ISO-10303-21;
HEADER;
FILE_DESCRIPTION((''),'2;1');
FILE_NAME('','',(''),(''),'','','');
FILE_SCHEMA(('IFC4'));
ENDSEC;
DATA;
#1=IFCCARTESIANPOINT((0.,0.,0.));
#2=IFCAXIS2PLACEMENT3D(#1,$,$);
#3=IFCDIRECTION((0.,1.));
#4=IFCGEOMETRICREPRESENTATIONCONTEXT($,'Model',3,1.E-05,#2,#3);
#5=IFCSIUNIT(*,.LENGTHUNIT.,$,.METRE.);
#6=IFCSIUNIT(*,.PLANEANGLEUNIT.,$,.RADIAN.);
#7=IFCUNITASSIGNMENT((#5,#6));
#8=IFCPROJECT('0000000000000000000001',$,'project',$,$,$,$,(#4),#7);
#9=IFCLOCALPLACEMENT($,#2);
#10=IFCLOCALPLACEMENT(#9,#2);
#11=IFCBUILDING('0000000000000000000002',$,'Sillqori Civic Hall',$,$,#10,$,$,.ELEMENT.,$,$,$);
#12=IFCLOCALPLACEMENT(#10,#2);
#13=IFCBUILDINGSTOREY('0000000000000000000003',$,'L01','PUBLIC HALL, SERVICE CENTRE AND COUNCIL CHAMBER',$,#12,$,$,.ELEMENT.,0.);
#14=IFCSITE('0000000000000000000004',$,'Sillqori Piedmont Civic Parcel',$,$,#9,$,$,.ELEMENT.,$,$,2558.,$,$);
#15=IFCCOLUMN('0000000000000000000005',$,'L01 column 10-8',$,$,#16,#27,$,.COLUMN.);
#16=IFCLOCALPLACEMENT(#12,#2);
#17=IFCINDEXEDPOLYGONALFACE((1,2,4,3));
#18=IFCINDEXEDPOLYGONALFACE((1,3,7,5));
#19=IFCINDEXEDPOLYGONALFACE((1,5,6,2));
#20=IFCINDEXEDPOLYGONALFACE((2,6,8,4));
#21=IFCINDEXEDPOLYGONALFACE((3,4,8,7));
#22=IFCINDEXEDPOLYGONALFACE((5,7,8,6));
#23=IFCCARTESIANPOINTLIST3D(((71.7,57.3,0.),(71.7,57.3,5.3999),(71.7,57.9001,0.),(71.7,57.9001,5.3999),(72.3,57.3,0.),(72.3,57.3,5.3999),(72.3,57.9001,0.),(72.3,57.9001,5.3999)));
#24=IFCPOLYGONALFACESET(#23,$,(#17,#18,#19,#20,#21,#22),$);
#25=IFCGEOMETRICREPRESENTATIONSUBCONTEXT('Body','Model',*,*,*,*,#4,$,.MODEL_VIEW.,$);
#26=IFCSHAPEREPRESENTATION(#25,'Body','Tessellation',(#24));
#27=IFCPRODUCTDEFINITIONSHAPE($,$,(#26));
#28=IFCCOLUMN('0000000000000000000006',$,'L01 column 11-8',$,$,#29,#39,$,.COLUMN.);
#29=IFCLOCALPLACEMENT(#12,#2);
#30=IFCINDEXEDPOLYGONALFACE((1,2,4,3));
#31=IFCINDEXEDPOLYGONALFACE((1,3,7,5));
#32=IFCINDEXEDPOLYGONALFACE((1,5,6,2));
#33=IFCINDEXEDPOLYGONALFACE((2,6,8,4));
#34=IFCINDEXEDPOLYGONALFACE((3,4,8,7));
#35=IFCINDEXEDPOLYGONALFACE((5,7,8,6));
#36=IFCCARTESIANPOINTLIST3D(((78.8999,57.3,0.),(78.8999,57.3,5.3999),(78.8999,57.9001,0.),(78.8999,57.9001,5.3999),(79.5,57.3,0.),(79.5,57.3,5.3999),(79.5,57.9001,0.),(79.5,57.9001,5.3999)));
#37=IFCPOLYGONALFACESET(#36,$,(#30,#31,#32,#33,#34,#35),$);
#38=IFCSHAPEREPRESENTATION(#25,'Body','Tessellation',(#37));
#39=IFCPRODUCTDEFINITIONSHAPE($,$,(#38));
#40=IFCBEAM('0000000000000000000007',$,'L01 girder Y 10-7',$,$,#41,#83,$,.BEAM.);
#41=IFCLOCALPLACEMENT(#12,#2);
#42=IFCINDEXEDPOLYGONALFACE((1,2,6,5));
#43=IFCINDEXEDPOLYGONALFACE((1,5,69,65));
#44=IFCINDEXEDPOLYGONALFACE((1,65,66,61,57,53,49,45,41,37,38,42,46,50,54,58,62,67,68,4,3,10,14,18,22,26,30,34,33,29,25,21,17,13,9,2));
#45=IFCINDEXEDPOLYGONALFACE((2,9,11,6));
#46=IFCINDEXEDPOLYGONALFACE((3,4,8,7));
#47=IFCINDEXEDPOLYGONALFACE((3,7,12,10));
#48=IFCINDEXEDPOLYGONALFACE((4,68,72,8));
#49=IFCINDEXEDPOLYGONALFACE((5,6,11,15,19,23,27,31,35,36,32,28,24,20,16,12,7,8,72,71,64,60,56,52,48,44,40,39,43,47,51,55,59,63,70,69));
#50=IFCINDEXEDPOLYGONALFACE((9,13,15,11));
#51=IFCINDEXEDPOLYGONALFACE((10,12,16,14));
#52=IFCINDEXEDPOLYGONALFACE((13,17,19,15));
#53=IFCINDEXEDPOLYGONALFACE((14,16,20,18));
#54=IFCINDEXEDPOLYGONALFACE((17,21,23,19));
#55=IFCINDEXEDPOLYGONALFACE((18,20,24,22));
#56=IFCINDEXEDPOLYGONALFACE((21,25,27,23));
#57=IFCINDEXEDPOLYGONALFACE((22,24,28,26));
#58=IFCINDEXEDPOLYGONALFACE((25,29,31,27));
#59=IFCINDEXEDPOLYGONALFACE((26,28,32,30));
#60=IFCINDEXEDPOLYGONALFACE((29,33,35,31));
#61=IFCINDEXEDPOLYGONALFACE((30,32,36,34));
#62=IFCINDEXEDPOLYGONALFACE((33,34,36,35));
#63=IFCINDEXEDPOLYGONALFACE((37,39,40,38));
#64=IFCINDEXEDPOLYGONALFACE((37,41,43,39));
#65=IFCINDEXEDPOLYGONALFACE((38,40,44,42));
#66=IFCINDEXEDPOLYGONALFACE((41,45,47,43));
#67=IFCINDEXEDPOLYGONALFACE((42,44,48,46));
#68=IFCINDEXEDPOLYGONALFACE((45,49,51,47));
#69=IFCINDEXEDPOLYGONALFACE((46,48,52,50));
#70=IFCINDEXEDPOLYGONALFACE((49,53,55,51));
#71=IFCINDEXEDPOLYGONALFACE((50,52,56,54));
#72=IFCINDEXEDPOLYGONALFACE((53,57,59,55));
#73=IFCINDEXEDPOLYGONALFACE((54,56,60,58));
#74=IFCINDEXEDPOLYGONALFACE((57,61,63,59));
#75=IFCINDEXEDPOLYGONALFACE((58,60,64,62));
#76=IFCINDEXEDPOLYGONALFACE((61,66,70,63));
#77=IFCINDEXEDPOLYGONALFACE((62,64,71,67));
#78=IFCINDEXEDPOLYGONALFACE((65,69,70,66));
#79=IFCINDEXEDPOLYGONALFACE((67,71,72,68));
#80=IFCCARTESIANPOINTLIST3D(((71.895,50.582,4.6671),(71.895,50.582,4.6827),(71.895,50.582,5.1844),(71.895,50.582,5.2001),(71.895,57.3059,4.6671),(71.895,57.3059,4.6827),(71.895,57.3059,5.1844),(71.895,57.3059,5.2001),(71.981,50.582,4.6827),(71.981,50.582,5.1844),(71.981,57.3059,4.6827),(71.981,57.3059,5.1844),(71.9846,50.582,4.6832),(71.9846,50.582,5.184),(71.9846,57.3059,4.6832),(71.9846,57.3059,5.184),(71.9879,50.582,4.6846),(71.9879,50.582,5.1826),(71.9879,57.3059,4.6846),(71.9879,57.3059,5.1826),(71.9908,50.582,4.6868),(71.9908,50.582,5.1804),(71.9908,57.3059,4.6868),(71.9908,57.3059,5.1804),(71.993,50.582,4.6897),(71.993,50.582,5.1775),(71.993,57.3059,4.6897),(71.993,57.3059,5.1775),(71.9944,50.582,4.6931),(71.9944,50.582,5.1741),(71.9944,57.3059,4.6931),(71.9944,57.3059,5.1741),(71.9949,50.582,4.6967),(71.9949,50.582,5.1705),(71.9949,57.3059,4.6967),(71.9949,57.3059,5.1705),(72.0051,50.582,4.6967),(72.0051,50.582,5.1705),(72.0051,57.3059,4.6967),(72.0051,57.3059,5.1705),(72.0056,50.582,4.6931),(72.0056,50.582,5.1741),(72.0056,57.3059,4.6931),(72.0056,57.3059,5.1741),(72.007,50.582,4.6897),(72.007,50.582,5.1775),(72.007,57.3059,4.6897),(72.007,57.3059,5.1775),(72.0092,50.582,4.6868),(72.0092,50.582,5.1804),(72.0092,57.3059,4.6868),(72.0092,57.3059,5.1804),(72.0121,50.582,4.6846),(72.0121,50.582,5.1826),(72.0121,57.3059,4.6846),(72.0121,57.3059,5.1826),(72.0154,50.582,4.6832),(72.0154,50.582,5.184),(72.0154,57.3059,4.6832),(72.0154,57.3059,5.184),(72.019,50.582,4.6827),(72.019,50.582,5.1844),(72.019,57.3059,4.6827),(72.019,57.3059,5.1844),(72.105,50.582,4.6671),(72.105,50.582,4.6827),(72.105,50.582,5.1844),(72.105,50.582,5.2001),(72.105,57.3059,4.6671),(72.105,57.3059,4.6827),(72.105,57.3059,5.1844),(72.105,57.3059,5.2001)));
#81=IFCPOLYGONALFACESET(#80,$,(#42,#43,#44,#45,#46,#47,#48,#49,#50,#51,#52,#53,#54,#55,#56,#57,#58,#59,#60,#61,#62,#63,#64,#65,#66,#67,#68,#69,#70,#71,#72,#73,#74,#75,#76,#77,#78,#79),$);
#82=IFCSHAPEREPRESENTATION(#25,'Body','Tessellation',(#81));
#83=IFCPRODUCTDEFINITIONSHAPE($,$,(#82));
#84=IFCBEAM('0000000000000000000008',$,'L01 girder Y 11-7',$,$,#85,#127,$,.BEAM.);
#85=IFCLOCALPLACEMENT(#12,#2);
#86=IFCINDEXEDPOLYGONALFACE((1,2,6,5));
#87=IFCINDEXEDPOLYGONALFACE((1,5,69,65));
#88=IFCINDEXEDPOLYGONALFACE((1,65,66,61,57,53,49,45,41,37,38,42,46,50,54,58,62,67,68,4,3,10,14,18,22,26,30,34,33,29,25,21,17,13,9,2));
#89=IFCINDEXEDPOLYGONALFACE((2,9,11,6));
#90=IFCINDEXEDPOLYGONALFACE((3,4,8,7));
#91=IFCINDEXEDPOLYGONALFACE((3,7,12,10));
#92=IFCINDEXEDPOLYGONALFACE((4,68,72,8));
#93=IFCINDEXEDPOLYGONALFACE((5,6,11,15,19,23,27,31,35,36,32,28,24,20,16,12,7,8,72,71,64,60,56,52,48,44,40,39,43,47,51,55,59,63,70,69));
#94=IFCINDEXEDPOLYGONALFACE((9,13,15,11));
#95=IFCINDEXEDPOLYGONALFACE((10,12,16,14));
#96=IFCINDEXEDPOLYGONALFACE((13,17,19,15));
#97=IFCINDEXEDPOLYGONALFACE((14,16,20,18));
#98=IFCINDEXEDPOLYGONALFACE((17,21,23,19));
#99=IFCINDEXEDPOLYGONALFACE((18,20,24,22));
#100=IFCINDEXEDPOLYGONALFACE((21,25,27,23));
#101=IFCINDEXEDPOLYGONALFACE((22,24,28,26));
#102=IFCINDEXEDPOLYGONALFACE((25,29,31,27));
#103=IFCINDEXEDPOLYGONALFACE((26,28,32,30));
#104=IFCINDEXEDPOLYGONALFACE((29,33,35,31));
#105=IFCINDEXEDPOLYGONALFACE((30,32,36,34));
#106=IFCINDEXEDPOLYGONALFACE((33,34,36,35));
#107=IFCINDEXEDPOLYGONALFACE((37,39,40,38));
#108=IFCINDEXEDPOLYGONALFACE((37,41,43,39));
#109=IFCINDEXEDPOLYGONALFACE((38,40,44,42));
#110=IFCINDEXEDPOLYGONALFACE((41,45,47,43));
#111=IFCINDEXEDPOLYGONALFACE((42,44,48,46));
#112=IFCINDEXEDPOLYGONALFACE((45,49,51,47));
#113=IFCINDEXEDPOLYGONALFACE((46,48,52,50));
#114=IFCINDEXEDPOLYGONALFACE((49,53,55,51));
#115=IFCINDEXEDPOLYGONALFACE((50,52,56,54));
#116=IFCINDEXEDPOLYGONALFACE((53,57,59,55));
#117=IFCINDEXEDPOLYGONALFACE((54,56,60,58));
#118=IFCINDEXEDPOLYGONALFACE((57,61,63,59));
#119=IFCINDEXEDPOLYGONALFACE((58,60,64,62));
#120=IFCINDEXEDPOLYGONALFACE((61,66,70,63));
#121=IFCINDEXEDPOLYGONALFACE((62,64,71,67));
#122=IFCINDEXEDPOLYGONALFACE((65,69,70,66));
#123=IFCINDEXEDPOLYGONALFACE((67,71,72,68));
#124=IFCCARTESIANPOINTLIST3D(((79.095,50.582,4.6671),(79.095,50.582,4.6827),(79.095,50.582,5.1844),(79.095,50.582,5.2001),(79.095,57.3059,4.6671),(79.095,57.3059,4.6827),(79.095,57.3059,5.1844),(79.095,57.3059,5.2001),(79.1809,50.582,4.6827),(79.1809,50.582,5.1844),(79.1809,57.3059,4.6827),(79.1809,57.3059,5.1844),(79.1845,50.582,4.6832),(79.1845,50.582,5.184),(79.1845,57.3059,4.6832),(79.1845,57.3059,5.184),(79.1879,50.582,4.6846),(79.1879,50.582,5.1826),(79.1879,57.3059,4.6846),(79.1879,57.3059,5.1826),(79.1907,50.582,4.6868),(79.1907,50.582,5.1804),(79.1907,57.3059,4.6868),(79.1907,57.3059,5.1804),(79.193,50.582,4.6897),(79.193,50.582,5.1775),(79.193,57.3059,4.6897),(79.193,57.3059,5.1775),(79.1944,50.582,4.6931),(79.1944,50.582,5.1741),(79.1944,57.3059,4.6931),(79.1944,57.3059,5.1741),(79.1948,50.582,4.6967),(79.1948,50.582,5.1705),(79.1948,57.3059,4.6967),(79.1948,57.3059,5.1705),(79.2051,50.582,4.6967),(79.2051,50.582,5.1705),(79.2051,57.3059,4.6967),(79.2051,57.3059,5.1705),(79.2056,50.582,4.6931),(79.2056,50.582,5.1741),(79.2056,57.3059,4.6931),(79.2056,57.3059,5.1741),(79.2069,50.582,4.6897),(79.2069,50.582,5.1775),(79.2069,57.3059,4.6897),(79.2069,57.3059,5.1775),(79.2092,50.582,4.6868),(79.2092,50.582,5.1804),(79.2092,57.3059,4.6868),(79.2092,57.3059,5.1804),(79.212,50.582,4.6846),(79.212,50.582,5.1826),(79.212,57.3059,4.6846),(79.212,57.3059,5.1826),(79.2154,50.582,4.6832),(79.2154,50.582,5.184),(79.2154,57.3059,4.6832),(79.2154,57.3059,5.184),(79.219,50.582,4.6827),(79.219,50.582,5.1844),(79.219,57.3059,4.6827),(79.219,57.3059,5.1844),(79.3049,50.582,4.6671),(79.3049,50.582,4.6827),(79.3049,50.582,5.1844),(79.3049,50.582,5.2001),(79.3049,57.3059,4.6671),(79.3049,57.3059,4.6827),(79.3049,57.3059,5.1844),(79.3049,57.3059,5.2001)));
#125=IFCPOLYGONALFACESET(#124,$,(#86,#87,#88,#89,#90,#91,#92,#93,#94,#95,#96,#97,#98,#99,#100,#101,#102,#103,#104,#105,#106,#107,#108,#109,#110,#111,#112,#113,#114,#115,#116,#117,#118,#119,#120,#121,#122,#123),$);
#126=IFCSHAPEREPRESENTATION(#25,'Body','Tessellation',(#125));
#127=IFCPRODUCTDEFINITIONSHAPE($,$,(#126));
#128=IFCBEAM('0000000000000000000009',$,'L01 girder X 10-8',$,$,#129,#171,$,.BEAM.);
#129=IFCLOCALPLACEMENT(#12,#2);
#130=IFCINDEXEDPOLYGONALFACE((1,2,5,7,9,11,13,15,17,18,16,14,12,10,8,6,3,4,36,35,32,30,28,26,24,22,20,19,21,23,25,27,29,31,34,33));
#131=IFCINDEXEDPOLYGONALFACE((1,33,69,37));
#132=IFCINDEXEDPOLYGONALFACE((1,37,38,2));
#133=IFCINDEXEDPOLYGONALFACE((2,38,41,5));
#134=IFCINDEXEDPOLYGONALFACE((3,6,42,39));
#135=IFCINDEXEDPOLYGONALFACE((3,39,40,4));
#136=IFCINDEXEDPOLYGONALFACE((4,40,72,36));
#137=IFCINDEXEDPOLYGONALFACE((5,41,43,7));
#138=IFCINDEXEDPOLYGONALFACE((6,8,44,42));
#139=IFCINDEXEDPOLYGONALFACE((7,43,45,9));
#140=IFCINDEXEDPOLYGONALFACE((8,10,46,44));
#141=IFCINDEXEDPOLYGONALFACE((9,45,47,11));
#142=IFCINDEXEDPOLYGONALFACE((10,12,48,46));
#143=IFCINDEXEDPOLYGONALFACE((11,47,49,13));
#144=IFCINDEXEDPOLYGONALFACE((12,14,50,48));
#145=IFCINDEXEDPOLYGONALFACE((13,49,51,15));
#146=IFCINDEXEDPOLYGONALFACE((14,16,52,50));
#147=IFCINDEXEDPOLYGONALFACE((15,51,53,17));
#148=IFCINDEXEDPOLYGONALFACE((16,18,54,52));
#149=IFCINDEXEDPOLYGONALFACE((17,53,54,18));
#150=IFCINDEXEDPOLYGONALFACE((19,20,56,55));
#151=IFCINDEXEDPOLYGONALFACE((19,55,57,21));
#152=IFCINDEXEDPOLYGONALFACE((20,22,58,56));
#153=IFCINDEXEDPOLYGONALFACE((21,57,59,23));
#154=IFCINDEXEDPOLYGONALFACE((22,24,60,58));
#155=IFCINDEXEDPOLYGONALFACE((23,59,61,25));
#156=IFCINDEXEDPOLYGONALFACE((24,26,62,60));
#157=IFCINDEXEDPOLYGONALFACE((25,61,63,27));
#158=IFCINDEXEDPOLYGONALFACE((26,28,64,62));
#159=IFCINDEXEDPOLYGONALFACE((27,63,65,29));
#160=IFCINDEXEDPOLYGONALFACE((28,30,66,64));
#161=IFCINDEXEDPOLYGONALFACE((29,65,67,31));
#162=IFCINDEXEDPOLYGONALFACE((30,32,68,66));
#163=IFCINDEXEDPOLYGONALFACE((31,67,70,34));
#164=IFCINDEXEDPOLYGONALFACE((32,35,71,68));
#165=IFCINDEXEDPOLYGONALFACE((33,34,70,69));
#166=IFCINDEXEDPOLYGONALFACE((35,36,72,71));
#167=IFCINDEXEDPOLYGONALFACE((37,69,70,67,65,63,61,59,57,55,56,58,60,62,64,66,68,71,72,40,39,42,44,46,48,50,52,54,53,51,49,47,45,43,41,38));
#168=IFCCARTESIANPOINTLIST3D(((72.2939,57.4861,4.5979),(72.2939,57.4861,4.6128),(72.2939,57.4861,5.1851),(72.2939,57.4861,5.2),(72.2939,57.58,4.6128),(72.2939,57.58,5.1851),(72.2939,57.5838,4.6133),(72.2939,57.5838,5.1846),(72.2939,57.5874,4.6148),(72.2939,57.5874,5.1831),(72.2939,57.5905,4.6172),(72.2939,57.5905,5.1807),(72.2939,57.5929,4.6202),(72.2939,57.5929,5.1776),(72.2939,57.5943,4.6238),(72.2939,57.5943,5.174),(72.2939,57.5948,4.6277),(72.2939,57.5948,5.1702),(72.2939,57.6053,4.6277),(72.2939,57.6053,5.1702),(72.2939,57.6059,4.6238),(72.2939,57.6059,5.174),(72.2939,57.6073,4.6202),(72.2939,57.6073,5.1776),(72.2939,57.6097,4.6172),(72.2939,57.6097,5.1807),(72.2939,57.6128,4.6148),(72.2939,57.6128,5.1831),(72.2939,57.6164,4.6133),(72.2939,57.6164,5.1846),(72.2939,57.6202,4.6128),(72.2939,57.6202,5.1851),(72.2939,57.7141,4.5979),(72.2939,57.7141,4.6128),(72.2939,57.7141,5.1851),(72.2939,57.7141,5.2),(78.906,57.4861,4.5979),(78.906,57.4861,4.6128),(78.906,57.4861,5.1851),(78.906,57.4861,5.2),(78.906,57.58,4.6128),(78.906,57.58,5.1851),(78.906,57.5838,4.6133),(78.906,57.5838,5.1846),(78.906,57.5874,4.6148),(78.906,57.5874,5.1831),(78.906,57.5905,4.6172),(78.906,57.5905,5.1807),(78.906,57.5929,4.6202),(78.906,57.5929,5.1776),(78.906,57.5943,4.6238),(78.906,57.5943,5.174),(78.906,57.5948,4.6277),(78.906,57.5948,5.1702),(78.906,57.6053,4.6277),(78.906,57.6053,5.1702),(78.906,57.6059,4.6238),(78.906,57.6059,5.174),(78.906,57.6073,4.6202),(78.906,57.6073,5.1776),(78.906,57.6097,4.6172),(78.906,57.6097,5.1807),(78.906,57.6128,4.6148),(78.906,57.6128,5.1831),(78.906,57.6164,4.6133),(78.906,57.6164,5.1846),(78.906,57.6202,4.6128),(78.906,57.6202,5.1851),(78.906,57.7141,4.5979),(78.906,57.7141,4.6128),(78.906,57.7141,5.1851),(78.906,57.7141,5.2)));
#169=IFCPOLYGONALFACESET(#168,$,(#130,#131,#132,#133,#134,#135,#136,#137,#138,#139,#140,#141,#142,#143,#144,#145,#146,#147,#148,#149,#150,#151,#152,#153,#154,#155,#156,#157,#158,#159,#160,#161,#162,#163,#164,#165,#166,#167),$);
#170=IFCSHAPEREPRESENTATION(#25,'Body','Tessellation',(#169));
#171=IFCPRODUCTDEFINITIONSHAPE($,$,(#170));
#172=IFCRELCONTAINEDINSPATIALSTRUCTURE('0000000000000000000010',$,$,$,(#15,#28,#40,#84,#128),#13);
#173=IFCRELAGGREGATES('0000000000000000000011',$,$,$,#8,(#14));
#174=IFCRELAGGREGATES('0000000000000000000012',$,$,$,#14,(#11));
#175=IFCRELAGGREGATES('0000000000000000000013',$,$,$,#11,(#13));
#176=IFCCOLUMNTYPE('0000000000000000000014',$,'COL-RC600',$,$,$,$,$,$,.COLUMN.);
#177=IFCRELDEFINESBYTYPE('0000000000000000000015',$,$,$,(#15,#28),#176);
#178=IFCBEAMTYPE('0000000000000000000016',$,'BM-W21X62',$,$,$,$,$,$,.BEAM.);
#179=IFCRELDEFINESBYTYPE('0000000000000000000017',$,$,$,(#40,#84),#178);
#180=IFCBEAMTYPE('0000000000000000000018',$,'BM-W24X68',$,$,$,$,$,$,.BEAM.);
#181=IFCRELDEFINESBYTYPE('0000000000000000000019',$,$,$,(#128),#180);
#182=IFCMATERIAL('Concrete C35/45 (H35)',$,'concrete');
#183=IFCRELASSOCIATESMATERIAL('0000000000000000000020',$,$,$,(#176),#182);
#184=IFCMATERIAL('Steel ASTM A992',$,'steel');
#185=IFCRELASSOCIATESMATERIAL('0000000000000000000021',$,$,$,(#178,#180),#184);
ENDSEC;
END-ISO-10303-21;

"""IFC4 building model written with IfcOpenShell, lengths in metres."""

from ifc_helpers import new_model, si_unit, direction, frame, origin, origin_2d, place, context, subcontext, project, spatial, rectangle, i_section, extrude, material, material_profile, profile_set, type_object, element, save


model = new_model("IFC4")

# Units and contexts
model_context = context("Model", 3, precision=1e-05, world=origin(), true_north=direction((0.0, 1.0)))
body_context = subcontext(model_context, "Body", "Model", "MODEL_VIEW")
ifc_project = project(units=[si_unit("LENGTHUNIT", "METRE"), si_unit("PLANEANGLEUNIT", "RADIAN")], contexts=[model_context])

# Site, building, storey
site_placement = place(None, origin())
site = spatial("IfcSite", under=ifc_project, at=site_placement, Name="Sillqori Piedmont Civic Parcel", CompositionType="ELEMENT", RefElevation=2558.0)
building_placement = place(site_placement, origin())
building = spatial("IfcBuilding", under=site, at=building_placement, Name="Sillqori Civic Hall", CompositionType="ELEMENT")
storey_placement = place(building_placement, origin())
storey = spatial("IfcBuildingStorey", under=building, at=storey_placement, Name="L01", Description="PUBLIC HALL, SERVICE CENTRE AND COUNCIL CHAMBER", CompositionType="ELEMENT", Elevation=0.0)

# Columns
ifc_material_1 = material(Name="Concrete C35/45 (H35)", Category="concrete")
ifc_material_profile_1 = material_profile(ifc_material_1, rectangle(XDim=0.6001, YDim=0.6001, at=origin_2d()), Name="RC 600x600")
ifc_profile_set_1 = profile_set([ifc_material_profile_1], Name="Concrete C35/45 (H35)")
column_type = type_object("IfcColumnType", Name="COL-RC600", PredefinedType="COLUMN", material=ifc_profile_set_1)
for number, where, z_axis, x_axis, name in (
    (1, (72.0, 57.6001, 0.0), (0.0, 0.0, 1.0), (1.0, 0.0, 0.0), "L01 column 10-8"),
    (2, (79.2, 57.6001, 0.0), (0.0, 0.0, 1.0), (1.0, 0.0, 0.0), "L01 column 11-8"),
):
    element("IfcColumn", number, at=place(storey_placement, frame(where, z_axis=z_axis, x_axis=x_axis)), inside=storey, type_object=column_type, Name=name, PredefinedType="COLUMN", context=body_context, shape_type="SweptSolid", body=[
        extrude(rectangle(XDim=0.6001, YDim=0.6001, at=origin_2d()), origin(), (0.0, 0.0, 1.0), 5.3999),
    ])

# Beams
ifc_material_2 = material(Name="Steel ASTM A992", Category="steel")
ifc_material_profile_2 = material_profile(ifc_material_2, i_section(OverallWidth=0.21, OverallDepth=0.533, WebThickness=0.0103, FlangeThickness=0.0156, FilletRadius=0.0139, at=origin_2d()), Name="W21X62")
ifc_profile_set_2 = profile_set([ifc_material_profile_2], Name="Steel ASTM A992")
beam_type_1 = type_object("IfcBeamType", Name="BM-W21X62", PredefinedType="BEAM", material=ifc_profile_set_2)
for number, where, z_axis, x_axis, name in (
    (3, (72.0, 50.582, 4.9336), (0.0, 1.0, 0.0), (-1.0, 0.0, 0.0), "L01 girder Y 10-7"),
    (4, (79.2, 50.582, 4.9336), (0.0, 1.0, 0.0), (-1.0, 0.0, 0.0), "L01 girder Y 11-7"),
):
    element("IfcBeam", number, at=place(storey_placement, frame(where, z_axis=z_axis, x_axis=x_axis)), inside=storey, type_object=beam_type_1, Name=name, PredefinedType="BEAM", context=body_context, shape_type="SweptSolid", body=[
        extrude(i_section(OverallWidth=0.21, OverallDepth=0.533, WebThickness=0.0103, FlangeThickness=0.0156, FilletRadius=0.0139, at=origin_2d()), origin(), (0.0, 0.0, 1.0), 6.7239),
    ])
ifc_material_profile_3 = material_profile(ifc_material_2, i_section(OverallWidth=0.228, OverallDepth=0.6021, WebThickness=0.0105, FlangeThickness=0.0149, FilletRadius=0.0149, at=origin_2d()), Name="W24X68")
ifc_profile_set_3 = profile_set([ifc_material_profile_3], Name="Steel ASTM A992")
beam_type_2 = type_object("IfcBeamType", Name="BM-W24X68", PredefinedType="BEAM", material=ifc_profile_set_3)
for number, where, z_axis, x_axis, name in (
    (5, (72.2939, 57.6001, 4.8989), (1.0, 0.0, 0.0), (0.0, 1.0, 0.0), "L01 girder X 10-8"),
):
    element("IfcBeam", number, at=place(storey_placement, frame(where, z_axis=z_axis, x_axis=x_axis)), inside=storey, type_object=beam_type_2, Name=name, PredefinedType="BEAM", context=body_context, shape_type="SweptSolid", body=[
        extrude(i_section(OverallWidth=0.228, OverallDepth=0.6021, WebThickness=0.0105, FlangeThickness=0.0149, FilletRadius=0.0149, at=origin_2d()), origin(), (0.0, 0.0, 1.0), 6.6121),
    ])

save(model, "model.ifc")
